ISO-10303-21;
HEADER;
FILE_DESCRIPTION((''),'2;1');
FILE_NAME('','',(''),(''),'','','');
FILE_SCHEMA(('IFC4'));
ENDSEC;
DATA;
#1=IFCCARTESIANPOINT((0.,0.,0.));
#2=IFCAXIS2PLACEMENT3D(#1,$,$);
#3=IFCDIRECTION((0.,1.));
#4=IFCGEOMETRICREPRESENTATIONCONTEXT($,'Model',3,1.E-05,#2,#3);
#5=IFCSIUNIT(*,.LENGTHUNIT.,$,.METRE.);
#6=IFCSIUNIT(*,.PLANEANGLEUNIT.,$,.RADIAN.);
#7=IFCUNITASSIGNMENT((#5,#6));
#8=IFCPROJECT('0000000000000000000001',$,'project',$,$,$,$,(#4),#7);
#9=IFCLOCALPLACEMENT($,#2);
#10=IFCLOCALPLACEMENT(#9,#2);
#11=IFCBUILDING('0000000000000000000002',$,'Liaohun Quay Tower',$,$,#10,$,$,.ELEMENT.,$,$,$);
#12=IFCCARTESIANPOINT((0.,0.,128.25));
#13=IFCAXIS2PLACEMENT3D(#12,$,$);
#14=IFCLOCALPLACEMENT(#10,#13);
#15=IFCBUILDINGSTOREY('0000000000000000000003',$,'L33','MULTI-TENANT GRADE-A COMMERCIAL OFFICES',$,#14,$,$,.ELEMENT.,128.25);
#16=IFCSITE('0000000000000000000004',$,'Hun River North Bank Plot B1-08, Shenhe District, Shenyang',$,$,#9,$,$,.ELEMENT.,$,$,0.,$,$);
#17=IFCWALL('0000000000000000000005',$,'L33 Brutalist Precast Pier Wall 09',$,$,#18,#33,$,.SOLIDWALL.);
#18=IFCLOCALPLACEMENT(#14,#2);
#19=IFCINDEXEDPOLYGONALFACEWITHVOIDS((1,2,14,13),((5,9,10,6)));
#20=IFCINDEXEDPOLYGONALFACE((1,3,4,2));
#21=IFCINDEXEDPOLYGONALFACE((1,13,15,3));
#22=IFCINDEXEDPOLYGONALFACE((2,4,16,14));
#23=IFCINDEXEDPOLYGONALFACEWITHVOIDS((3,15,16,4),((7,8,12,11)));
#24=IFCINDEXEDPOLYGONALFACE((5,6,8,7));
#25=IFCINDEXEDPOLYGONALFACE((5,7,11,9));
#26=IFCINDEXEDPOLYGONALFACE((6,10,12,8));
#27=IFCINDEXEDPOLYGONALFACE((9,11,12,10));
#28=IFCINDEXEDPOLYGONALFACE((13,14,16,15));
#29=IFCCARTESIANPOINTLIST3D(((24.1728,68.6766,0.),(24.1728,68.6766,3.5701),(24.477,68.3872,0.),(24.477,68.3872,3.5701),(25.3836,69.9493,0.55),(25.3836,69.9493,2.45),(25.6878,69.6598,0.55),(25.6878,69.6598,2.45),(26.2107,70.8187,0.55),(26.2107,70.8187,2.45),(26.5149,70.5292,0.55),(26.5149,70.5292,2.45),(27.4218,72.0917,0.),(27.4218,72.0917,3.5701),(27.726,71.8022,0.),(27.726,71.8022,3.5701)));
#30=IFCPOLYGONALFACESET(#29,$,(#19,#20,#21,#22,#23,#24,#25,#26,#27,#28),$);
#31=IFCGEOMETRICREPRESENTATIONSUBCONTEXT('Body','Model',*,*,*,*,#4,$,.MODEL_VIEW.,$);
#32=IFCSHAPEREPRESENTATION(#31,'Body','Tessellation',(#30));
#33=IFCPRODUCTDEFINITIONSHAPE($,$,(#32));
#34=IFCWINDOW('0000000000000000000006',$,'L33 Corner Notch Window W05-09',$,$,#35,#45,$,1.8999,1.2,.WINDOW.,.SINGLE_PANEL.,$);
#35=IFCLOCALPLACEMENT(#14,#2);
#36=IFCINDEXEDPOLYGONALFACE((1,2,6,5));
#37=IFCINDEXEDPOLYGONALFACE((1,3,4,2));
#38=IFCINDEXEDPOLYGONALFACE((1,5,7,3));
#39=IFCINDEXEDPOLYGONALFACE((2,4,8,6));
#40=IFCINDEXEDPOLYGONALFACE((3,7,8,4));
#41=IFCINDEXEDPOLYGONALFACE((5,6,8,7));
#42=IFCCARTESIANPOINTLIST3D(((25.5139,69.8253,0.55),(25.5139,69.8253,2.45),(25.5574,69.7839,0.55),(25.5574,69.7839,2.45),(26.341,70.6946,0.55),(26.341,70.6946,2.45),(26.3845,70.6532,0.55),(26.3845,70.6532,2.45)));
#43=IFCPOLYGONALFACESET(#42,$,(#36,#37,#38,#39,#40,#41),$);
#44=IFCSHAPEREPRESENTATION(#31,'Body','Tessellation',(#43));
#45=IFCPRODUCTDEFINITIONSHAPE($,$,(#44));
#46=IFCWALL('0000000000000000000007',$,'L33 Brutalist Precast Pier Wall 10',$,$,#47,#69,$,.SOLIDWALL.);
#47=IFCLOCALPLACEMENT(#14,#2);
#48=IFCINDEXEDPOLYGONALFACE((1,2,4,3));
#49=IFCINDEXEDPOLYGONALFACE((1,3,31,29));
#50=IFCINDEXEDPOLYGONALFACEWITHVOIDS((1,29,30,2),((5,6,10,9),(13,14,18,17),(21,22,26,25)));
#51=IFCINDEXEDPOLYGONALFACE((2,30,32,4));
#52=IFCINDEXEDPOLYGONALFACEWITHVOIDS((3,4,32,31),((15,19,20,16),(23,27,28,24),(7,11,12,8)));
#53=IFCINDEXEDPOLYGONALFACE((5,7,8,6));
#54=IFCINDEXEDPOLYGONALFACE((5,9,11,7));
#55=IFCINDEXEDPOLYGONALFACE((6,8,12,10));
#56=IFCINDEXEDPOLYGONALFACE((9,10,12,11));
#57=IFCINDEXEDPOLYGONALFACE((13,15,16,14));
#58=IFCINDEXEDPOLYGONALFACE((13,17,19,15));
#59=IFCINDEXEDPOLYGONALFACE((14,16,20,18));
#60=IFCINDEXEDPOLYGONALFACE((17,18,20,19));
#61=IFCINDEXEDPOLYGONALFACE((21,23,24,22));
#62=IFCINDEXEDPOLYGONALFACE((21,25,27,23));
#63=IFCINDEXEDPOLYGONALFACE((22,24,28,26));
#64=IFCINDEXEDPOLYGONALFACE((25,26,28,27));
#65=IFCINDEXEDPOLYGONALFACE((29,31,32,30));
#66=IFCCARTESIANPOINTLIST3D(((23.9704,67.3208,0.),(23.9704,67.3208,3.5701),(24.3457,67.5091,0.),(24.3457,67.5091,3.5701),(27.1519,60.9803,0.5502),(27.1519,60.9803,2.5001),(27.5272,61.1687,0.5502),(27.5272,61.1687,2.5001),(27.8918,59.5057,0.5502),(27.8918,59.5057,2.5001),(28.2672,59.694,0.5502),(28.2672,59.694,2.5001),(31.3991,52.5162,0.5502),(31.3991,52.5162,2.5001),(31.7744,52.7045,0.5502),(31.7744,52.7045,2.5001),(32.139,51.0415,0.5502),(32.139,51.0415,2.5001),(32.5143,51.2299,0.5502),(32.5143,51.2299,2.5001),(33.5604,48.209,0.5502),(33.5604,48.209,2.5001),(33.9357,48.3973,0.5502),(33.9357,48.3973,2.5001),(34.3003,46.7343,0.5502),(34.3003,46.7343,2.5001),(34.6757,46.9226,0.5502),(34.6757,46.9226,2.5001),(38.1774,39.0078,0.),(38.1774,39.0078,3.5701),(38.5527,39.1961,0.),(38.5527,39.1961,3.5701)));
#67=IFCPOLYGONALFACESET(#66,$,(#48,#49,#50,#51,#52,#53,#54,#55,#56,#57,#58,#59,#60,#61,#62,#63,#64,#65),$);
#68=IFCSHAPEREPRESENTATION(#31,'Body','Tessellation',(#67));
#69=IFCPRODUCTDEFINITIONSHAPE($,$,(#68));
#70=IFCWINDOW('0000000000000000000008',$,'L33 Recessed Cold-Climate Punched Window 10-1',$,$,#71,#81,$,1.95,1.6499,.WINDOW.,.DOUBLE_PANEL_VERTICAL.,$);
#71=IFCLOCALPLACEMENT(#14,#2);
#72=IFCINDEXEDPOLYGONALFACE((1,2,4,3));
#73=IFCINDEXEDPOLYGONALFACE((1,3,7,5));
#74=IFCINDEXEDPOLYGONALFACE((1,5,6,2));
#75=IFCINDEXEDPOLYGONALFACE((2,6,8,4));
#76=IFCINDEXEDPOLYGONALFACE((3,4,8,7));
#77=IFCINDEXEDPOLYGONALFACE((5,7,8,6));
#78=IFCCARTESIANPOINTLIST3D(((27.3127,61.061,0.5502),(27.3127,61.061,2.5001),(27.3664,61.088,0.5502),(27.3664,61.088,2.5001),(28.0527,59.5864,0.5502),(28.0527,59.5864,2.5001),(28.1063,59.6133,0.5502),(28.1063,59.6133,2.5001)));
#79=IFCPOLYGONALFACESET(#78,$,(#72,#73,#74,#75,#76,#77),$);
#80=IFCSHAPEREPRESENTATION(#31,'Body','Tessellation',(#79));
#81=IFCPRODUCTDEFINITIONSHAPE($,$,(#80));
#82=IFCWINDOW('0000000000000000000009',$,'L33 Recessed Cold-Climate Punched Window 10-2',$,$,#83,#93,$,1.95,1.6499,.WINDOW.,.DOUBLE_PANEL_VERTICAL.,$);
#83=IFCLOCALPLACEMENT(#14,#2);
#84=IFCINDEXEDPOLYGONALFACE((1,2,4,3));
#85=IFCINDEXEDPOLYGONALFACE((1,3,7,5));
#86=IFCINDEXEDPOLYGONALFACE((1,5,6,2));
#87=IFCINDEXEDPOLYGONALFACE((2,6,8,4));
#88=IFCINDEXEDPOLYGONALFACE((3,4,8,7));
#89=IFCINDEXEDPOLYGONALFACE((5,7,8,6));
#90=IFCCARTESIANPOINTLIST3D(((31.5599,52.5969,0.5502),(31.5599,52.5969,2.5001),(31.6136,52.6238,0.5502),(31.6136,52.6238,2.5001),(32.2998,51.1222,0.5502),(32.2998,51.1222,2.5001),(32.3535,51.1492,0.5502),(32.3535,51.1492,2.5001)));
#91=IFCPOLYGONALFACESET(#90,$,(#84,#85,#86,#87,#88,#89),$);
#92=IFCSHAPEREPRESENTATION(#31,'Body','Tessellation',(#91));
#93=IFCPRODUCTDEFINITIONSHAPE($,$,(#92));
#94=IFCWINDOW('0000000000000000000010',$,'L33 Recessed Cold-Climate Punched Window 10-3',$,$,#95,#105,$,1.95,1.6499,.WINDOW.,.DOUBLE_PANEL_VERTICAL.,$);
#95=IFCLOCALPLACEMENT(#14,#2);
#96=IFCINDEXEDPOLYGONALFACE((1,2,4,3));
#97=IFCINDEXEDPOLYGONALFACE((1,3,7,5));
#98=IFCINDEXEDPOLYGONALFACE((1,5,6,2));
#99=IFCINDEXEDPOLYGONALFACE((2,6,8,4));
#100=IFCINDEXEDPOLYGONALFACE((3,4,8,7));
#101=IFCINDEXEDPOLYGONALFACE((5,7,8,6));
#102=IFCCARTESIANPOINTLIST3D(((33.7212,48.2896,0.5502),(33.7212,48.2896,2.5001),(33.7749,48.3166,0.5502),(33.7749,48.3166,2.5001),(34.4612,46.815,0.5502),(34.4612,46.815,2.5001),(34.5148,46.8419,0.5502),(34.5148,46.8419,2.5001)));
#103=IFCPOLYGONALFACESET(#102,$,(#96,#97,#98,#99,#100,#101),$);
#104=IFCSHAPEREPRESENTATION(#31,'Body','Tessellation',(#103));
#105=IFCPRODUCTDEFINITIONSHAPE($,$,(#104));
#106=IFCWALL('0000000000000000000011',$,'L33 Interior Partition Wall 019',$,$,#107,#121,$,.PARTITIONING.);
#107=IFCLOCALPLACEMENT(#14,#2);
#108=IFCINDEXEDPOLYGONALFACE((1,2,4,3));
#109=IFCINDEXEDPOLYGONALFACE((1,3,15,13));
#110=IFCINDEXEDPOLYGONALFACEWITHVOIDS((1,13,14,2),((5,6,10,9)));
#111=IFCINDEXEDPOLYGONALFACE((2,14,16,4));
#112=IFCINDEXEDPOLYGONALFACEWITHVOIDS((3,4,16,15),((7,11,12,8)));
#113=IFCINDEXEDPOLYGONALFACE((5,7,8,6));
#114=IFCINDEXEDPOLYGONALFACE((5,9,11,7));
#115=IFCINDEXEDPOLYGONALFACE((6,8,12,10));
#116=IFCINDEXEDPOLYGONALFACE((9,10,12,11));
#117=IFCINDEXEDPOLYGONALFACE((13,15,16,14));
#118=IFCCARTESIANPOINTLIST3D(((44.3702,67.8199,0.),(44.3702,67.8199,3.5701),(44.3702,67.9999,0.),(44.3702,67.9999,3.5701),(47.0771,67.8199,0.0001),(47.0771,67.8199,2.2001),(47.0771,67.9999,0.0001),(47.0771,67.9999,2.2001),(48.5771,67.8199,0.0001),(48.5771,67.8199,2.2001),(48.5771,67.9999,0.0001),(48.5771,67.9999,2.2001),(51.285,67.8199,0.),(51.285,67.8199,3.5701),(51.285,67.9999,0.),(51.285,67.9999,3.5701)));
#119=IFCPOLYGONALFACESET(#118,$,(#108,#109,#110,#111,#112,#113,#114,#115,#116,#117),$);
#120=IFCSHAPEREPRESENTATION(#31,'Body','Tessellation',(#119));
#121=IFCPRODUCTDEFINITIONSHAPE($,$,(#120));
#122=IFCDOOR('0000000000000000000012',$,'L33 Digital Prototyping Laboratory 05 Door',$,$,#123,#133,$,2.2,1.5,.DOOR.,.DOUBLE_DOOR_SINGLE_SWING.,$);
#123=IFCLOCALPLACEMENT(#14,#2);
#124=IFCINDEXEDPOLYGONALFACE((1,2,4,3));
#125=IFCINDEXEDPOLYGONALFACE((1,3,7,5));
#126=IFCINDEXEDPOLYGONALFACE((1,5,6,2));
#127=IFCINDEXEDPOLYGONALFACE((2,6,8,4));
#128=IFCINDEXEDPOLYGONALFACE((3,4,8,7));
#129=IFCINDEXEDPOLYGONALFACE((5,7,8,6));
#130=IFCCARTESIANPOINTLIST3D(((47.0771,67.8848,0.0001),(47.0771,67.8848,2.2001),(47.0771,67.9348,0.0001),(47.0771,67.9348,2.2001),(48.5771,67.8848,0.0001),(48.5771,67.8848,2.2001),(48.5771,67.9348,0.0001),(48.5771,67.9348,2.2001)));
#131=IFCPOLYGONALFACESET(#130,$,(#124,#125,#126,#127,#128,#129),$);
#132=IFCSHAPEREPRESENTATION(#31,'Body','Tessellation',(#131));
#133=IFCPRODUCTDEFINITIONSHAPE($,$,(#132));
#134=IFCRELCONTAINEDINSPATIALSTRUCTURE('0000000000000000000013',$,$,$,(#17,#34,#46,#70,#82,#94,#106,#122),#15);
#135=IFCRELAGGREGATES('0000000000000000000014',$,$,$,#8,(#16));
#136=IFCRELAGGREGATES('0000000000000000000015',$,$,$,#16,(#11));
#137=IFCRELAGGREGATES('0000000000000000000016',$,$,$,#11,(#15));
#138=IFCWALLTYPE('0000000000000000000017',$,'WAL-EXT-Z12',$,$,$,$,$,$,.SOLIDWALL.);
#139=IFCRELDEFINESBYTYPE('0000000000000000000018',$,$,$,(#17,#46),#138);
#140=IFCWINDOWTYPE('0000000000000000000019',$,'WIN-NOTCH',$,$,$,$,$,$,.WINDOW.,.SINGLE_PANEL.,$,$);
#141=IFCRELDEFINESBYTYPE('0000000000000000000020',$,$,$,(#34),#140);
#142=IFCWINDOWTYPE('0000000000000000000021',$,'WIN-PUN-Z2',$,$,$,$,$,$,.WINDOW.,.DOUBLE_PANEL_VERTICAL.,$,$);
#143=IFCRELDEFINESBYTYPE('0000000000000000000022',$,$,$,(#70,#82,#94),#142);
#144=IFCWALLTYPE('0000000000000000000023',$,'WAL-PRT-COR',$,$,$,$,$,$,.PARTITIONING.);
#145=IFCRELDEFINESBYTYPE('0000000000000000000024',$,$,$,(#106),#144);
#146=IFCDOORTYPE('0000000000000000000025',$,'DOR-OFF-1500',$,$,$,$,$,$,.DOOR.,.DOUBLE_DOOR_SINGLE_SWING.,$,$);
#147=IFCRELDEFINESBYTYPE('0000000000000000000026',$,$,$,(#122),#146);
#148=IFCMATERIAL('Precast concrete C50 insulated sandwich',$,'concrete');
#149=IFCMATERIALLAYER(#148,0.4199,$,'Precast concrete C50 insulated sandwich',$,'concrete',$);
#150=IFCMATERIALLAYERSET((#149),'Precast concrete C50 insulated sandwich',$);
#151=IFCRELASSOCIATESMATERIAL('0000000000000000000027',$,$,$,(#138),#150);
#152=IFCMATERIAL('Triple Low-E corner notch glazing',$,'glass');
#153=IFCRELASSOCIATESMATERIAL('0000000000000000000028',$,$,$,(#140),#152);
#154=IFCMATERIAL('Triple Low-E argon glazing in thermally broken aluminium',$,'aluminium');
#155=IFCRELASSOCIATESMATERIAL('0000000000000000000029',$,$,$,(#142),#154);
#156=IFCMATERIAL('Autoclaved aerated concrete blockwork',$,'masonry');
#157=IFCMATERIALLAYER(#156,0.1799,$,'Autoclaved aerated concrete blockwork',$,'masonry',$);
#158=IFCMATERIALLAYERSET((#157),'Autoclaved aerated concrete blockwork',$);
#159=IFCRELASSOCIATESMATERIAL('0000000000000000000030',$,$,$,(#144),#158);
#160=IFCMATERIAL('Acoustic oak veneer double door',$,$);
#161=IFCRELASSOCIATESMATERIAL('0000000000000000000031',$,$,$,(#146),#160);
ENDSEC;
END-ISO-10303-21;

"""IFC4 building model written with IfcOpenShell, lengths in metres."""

from ifc_helpers import new_model, si_unit, direction, frame, frame_2d, origin, place, context, subcontext, project, spatial, rectangle, extrude, source, transform, mapped, material, layer, layer_set, type_object, element, fill, save


model = new_model("IFC4")

# Units and contexts
model_context = context("Model", 3, precision=1e-05, world=origin(), true_north=direction((0.0, 1.0)))
body_context = subcontext(model_context, "Body", "Model", "MODEL_VIEW")
ifc_project = project(units=[si_unit("LENGTHUNIT", "METRE"), si_unit("PLANEANGLEUNIT", "RADIAN")], contexts=[model_context])

# Site, building, storey
site_placement = place(None, origin())
site = spatial("IfcSite", under=ifc_project, at=site_placement, Name="Hun River North Bank Plot B1-08, Shenhe District, Shenyang", CompositionType="ELEMENT", RefElevation=0.0)
building_placement = place(site_placement, origin())
building = spatial("IfcBuilding", under=site, at=building_placement, Name="Liaohun Quay Tower", CompositionType="ELEMENT")
storey_placement = place(building_placement, frame((0.0, 0.0, 128.25)))
storey = spatial("IfcBuildingStorey", under=building, at=storey_placement, Name="L33", Description="MULTI-TENANT GRADE-A COMMERCIAL OFFICES", CompositionType="ELEMENT", Elevation=128.25)

# Wall, opening, window
ifc_material_1 = material(Name="Precast concrete C50 insulated sandwich", Category="concrete")
ifc_layer_1 = layer(ifc_material_1, 0.4199, Name="Precast concrete C50 insulated sandwich", Category="concrete")
ifc_layer_set_1 = layer_set([ifc_layer_1], Name="Precast concrete C50 insulated sandwich")
wall_type_1 = type_object("IfcWallType", Name="WAL-EXT-Z12", PredefinedType="SOLIDWALL", material=ifc_layer_set_1)
shared_shape_1 = source(origin(), body_context, "Body", "SweptSolid", [
    extrude(rectangle(XDim=1.2, YDim=1.8999, at=frame_2d((0.6001, 0.95))), frame((0.0, 0.22, 0.0), z_axis=(0.0, -1.0, 0.0), x_axis=(1.0, 0.0, 0.0)), (0.0, 0.0, 1.0), 0.4399),
])
ifc_material_2 = material(Name="Triple Low-E corner notch glazing", Category="glass")
window_type_1 = type_object("IfcWindowType", Name="WIN-NOTCH", PartitioningType="SINGLE_PANEL", PredefinedType="WINDOW", material=ifc_material_2)
shared_shape_2 = source(origin(), body_context, "Body", "SweptSolid", [
    extrude(rectangle(XDim=1.2, YDim=1.8999, at=frame_2d((0.6001, 0.95))), frame((0.0, 0.03, 0.0), z_axis=(0.0, -1.0, 0.0), x_axis=(1.0, 0.0, 0.0)), (0.0, 0.0, 1.0), 0.0601),
])
wall_1_placement = place(storey_placement, frame((27.574, 71.947, 0.0), z_axis=(0.0, 0.0, 1.0), x_axis=(-0.689277, -0.724497, 0.0)))
wall_1 = element("IfcWall", 1, at=wall_1_placement, inside=storey, type_object=wall_type_1, Name="L33 Brutalist Precast Pier Wall 09", PredefinedType="SOLIDWALL", context=body_context, shape_type="SweptSolid", body=[
    extrude(rectangle(XDim=4.7136, YDim=0.4199, at=frame_2d((2.3569, 0.0))), origin(), (0.0, 0.0, 1.0), 3.5701),
])
opening_1_placement = place(wall_1_placement, frame((1.7571, 0.0, 0.55)))
opening_1 = element("IfcOpeningElement", 2, at=opening_1_placement, cuts=wall_1, PredefinedType="OPENING", context=body_context, shape_type="MappedRepresentation", body=[
    mapped(shared_shape_1, transform((0.0, 0.0, 0.0), x_axis=(1.0, 0.0, 0.0), y_axis=(0.0, 1.0, 0.0), z_axis=(0.0, 0.0, 1.0), scale=1.0)),
])
window_1_placement = place(opening_1_placement, origin())
window_1 = element("IfcWindow", 3, at=window_1_placement, inside=storey, type_object=window_type_1, Name="L33 Corner Notch Window W05-09", OverallHeight=1.8999, OverallWidth=1.2, PartitioningType="SINGLE_PANEL", PredefinedType="WINDOW", context=body_context, shape_type="MappedRepresentation", body=[
    mapped(shared_shape_2, transform((0.0, 0.0, 0.0), x_axis=(1.0, 0.0, 0.0), y_axis=(0.0, 1.0, 0.0), z_axis=(0.0, 0.0, 1.0), scale=1.0)),
])
fill(opening_1, window_1)

# Wall, openings, windows
wall_2_placement = place(storey_placement, frame((24.158, 67.415, 0.0), z_axis=(0.0, 0.0, 1.0), x_axis=(0.448489, -0.893788, 0.0)))
wall_2 = element("IfcWall", 4, at=wall_2_placement, inside=storey, type_object=wall_type_1, Name="L33 Brutalist Precast Pier Wall 10", PredefinedType="SOLIDWALL", context=body_context, shape_type="SweptSolid", body=[
    extrude(rectangle(XDim=31.6775, YDim=0.4199, at=frame_2d((15.8389, 0.0))), origin(), (0.0, 0.0, 1.0), 3.5701),
])
shared_shape_3 = source(origin(), body_context, "Body", "SweptSolid", [
    extrude(rectangle(XDim=1.6499, YDim=1.95, at=frame_2d((0.825, 0.9751))), frame((0.0, 0.22, 0.0), z_axis=(0.0, -1.0, 0.0), x_axis=(1.0, 0.0, 0.0)), (0.0, 0.0, 1.0), 0.4399),
])
opening_2_placement = place(wall_2_placement, frame((7.094, 0.0, 0.55)))
opening_2 = element("IfcOpeningElement", 5, at=opening_2_placement, cuts=wall_2, PredefinedType="OPENING", context=body_context, shape_type="MappedRepresentation", body=[
    mapped(shared_shape_3, transform((0.0, 0.0, 0.0), x_axis=(1.0, 0.0, 0.0), y_axis=(0.0, 1.0, 0.0), z_axis=(0.0, 0.0, 1.0), scale=1.0)),
])
opening_3_placement = place(wall_2_placement, frame((16.564, 0.0, 0.55)))
opening_3 = element("IfcOpeningElement", 6, at=opening_3_placement, cuts=wall_2, PredefinedType="OPENING", context=body_context, shape_type="MappedRepresentation", body=[
    mapped(shared_shape_3, transform((0.0, 0.0, 0.0), x_axis=(1.0, 0.0, 0.0), y_axis=(0.0, 1.0, 0.0), z_axis=(0.0, 0.0, 1.0), scale=1.0)),
])
opening_4_placement = place(wall_2_placement, frame((21.3831, 0.0, 0.55)))
opening_4 = element("IfcOpeningElement", 7, at=opening_4_placement, cuts=wall_2, PredefinedType="OPENING", context=body_context, shape_type="MappedRepresentation", body=[
    mapped(shared_shape_3, transform((0.0, 0.0, 0.0), x_axis=(1.0, 0.0, 0.0), y_axis=(0.0, 1.0, 0.0), z_axis=(0.0, 0.0, 1.0), scale=1.0)),
])
ifc_material_3 = material(Name="Triple Low-E argon glazing in thermally broken aluminium", Category="aluminium")
window_type_2 = type_object("IfcWindowType", Name="WIN-PUN-Z2", PartitioningType="DOUBLE_PANEL_VERTICAL", PredefinedType="WINDOW", material=ifc_material_3)
shared_shape_4 = source(origin(), body_context, "Body", "SweptSolid", [
    extrude(rectangle(XDim=1.6499, YDim=1.95, at=frame_2d((0.825, 0.9751))), frame((0.0, 0.03, 0.0), z_axis=(0.0, -1.0, 0.0), x_axis=(1.0, 0.0, 0.0)), (0.0, 0.0, 1.0), 0.0601),
])
window_2_placement = place(opening_2_placement, origin())
window_2 = element("IfcWindow", 8, at=window_2_placement, inside=storey, type_object=window_type_2, Name="L33 Recessed Cold-Climate Punched Window 10-1", OverallHeight=1.95, OverallWidth=1.6499, PartitioningType="DOUBLE_PANEL_VERTICAL", PredefinedType="WINDOW", context=body_context, shape_type="MappedRepresentation", body=[
    mapped(shared_shape_4, transform((0.0, 0.0, 0.0), x_axis=(1.0, 0.0, 0.0), y_axis=(0.0, 1.0, 0.0), z_axis=(0.0, 0.0, 1.0), scale=1.0)),
])
fill(opening_2, window_2)
window_3_placement = place(opening_3_placement, origin())
window_3 = element("IfcWindow", 9, at=window_3_placement, inside=storey, type_object=window_type_2, Name="L33 Recessed Cold-Climate Punched Window 10-2", OverallHeight=1.95, OverallWidth=1.6499, PartitioningType="DOUBLE_PANEL_VERTICAL", PredefinedType="WINDOW", context=body_context, shape_type="MappedRepresentation", body=[
    mapped(shared_shape_4, transform((0.0, 0.0, 0.0), x_axis=(1.0, 0.0, 0.0), y_axis=(0.0, 1.0, 0.0), z_axis=(0.0, 0.0, 1.0), scale=1.0)),
])
fill(opening_3, window_3)
window_4_placement = place(opening_4_placement, origin())
window_4 = element("IfcWindow", 10, at=window_4_placement, inside=storey, type_object=window_type_2, Name="L33 Recessed Cold-Climate Punched Window 10-3", OverallHeight=1.95, OverallWidth=1.6499, PartitioningType="DOUBLE_PANEL_VERTICAL", PredefinedType="WINDOW", context=body_context, shape_type="MappedRepresentation", body=[
    mapped(shared_shape_4, transform((0.0, 0.0, 0.0), x_axis=(1.0, 0.0, 0.0), y_axis=(0.0, 1.0, 0.0), z_axis=(0.0, 0.0, 1.0), scale=1.0)),
])
fill(opening_4, window_4)

# Wall, opening, door
ifc_material_4 = material(Name="Autoclaved aerated concrete blockwork", Category="masonry")
ifc_layer_2 = layer(ifc_material_4, 0.1799, Name="Autoclaved aerated concrete blockwork", Category="masonry")
ifc_layer_set_2 = layer_set([ifc_layer_2], Name="Autoclaved aerated concrete blockwork")
wall_type_2 = type_object("IfcWallType", Name="WAL-PRT-COR", PredefinedType="PARTITIONING", material=ifc_layer_set_2)
wall_3_placement = place(storey_placement, frame((44.3701, 67.9099, 0.0), z_axis=(0.0, 0.0, 1.0), x_axis=(1.0, 0.0, 0.0)))
wall_3 = element("IfcWall", 11, at=wall_3_placement, inside=storey, type_object=wall_type_2, Name="L33 Interior Partition Wall 019", PredefinedType="PARTITIONING", context=body_context, shape_type="SweptSolid", body=[
    extrude(rectangle(XDim=6.9148, YDim=0.1799, at=frame_2d((3.4575, 0.0))), origin(), (0.0, 0.0, 1.0), 3.5701),
])
shared_shape_5 = source(origin(), body_context, "Body", "SweptSolid", [
    extrude(rectangle(XDim=1.5, YDim=2.2, at=frame_2d((0.75, 1.1001))), frame((0.0, 0.0999, 0.0), z_axis=(0.0, -1.0, 0.0), x_axis=(1.0, 0.0, 0.0)), (0.0, 0.0, 1.0), 0.2),
])
opening_5_placement = place(wall_3_placement, frame((2.707, 0.0, 0.0)))
opening_5 = element("IfcOpeningElement", 12, at=opening_5_placement, cuts=wall_3, PredefinedType="OPENING", context=body_context, shape_type="MappedRepresentation", body=[
    mapped(shared_shape_5, transform((0.0, 0.0, 0.0), x_axis=(1.0, 0.0, 0.0), y_axis=(0.0, 1.0, 0.0), z_axis=(0.0, 0.0, 1.0), scale=1.0)),
])
ifc_material_5 = material(Name="Acoustic oak veneer double door")
door_type_1 = type_object("IfcDoorType", Name="DOR-OFF-1500", OperationType="DOUBLE_DOOR_SINGLE_SWING", PredefinedType="DOOR", material=ifc_material_5)
shared_shape_6 = source(origin(), body_context, "Body", "SweptSolid", [
    extrude(rectangle(XDim=1.5, YDim=2.2, at=frame_2d((0.75, 1.1001))), frame((0.0, 0.0249, 0.0), z_axis=(0.0, -1.0, 0.0), x_axis=(1.0, 0.0, 0.0)), (0.0, 0.0, 1.0), 0.05),
])
door_1_placement = place(opening_5_placement, origin())
door_1 = element("IfcDoor", 13, at=door_1_placement, inside=storey, type_object=door_type_1, Name="L33 Digital Prototyping Laboratory 05 Door", OperationType="DOUBLE_DOOR_SINGLE_SWING", OverallHeight=2.2, OverallWidth=1.5, PredefinedType="DOOR", context=body_context, shape_type="MappedRepresentation", body=[
    mapped(shared_shape_6, transform((0.0, 0.0, 0.0), x_axis=(1.0, 0.0, 0.0), y_axis=(0.0, 1.0, 0.0), z_axis=(0.0, 0.0, 1.0), scale=1.0)),
])
fill(opening_5, door_1)

save(model, "model.ifc")
